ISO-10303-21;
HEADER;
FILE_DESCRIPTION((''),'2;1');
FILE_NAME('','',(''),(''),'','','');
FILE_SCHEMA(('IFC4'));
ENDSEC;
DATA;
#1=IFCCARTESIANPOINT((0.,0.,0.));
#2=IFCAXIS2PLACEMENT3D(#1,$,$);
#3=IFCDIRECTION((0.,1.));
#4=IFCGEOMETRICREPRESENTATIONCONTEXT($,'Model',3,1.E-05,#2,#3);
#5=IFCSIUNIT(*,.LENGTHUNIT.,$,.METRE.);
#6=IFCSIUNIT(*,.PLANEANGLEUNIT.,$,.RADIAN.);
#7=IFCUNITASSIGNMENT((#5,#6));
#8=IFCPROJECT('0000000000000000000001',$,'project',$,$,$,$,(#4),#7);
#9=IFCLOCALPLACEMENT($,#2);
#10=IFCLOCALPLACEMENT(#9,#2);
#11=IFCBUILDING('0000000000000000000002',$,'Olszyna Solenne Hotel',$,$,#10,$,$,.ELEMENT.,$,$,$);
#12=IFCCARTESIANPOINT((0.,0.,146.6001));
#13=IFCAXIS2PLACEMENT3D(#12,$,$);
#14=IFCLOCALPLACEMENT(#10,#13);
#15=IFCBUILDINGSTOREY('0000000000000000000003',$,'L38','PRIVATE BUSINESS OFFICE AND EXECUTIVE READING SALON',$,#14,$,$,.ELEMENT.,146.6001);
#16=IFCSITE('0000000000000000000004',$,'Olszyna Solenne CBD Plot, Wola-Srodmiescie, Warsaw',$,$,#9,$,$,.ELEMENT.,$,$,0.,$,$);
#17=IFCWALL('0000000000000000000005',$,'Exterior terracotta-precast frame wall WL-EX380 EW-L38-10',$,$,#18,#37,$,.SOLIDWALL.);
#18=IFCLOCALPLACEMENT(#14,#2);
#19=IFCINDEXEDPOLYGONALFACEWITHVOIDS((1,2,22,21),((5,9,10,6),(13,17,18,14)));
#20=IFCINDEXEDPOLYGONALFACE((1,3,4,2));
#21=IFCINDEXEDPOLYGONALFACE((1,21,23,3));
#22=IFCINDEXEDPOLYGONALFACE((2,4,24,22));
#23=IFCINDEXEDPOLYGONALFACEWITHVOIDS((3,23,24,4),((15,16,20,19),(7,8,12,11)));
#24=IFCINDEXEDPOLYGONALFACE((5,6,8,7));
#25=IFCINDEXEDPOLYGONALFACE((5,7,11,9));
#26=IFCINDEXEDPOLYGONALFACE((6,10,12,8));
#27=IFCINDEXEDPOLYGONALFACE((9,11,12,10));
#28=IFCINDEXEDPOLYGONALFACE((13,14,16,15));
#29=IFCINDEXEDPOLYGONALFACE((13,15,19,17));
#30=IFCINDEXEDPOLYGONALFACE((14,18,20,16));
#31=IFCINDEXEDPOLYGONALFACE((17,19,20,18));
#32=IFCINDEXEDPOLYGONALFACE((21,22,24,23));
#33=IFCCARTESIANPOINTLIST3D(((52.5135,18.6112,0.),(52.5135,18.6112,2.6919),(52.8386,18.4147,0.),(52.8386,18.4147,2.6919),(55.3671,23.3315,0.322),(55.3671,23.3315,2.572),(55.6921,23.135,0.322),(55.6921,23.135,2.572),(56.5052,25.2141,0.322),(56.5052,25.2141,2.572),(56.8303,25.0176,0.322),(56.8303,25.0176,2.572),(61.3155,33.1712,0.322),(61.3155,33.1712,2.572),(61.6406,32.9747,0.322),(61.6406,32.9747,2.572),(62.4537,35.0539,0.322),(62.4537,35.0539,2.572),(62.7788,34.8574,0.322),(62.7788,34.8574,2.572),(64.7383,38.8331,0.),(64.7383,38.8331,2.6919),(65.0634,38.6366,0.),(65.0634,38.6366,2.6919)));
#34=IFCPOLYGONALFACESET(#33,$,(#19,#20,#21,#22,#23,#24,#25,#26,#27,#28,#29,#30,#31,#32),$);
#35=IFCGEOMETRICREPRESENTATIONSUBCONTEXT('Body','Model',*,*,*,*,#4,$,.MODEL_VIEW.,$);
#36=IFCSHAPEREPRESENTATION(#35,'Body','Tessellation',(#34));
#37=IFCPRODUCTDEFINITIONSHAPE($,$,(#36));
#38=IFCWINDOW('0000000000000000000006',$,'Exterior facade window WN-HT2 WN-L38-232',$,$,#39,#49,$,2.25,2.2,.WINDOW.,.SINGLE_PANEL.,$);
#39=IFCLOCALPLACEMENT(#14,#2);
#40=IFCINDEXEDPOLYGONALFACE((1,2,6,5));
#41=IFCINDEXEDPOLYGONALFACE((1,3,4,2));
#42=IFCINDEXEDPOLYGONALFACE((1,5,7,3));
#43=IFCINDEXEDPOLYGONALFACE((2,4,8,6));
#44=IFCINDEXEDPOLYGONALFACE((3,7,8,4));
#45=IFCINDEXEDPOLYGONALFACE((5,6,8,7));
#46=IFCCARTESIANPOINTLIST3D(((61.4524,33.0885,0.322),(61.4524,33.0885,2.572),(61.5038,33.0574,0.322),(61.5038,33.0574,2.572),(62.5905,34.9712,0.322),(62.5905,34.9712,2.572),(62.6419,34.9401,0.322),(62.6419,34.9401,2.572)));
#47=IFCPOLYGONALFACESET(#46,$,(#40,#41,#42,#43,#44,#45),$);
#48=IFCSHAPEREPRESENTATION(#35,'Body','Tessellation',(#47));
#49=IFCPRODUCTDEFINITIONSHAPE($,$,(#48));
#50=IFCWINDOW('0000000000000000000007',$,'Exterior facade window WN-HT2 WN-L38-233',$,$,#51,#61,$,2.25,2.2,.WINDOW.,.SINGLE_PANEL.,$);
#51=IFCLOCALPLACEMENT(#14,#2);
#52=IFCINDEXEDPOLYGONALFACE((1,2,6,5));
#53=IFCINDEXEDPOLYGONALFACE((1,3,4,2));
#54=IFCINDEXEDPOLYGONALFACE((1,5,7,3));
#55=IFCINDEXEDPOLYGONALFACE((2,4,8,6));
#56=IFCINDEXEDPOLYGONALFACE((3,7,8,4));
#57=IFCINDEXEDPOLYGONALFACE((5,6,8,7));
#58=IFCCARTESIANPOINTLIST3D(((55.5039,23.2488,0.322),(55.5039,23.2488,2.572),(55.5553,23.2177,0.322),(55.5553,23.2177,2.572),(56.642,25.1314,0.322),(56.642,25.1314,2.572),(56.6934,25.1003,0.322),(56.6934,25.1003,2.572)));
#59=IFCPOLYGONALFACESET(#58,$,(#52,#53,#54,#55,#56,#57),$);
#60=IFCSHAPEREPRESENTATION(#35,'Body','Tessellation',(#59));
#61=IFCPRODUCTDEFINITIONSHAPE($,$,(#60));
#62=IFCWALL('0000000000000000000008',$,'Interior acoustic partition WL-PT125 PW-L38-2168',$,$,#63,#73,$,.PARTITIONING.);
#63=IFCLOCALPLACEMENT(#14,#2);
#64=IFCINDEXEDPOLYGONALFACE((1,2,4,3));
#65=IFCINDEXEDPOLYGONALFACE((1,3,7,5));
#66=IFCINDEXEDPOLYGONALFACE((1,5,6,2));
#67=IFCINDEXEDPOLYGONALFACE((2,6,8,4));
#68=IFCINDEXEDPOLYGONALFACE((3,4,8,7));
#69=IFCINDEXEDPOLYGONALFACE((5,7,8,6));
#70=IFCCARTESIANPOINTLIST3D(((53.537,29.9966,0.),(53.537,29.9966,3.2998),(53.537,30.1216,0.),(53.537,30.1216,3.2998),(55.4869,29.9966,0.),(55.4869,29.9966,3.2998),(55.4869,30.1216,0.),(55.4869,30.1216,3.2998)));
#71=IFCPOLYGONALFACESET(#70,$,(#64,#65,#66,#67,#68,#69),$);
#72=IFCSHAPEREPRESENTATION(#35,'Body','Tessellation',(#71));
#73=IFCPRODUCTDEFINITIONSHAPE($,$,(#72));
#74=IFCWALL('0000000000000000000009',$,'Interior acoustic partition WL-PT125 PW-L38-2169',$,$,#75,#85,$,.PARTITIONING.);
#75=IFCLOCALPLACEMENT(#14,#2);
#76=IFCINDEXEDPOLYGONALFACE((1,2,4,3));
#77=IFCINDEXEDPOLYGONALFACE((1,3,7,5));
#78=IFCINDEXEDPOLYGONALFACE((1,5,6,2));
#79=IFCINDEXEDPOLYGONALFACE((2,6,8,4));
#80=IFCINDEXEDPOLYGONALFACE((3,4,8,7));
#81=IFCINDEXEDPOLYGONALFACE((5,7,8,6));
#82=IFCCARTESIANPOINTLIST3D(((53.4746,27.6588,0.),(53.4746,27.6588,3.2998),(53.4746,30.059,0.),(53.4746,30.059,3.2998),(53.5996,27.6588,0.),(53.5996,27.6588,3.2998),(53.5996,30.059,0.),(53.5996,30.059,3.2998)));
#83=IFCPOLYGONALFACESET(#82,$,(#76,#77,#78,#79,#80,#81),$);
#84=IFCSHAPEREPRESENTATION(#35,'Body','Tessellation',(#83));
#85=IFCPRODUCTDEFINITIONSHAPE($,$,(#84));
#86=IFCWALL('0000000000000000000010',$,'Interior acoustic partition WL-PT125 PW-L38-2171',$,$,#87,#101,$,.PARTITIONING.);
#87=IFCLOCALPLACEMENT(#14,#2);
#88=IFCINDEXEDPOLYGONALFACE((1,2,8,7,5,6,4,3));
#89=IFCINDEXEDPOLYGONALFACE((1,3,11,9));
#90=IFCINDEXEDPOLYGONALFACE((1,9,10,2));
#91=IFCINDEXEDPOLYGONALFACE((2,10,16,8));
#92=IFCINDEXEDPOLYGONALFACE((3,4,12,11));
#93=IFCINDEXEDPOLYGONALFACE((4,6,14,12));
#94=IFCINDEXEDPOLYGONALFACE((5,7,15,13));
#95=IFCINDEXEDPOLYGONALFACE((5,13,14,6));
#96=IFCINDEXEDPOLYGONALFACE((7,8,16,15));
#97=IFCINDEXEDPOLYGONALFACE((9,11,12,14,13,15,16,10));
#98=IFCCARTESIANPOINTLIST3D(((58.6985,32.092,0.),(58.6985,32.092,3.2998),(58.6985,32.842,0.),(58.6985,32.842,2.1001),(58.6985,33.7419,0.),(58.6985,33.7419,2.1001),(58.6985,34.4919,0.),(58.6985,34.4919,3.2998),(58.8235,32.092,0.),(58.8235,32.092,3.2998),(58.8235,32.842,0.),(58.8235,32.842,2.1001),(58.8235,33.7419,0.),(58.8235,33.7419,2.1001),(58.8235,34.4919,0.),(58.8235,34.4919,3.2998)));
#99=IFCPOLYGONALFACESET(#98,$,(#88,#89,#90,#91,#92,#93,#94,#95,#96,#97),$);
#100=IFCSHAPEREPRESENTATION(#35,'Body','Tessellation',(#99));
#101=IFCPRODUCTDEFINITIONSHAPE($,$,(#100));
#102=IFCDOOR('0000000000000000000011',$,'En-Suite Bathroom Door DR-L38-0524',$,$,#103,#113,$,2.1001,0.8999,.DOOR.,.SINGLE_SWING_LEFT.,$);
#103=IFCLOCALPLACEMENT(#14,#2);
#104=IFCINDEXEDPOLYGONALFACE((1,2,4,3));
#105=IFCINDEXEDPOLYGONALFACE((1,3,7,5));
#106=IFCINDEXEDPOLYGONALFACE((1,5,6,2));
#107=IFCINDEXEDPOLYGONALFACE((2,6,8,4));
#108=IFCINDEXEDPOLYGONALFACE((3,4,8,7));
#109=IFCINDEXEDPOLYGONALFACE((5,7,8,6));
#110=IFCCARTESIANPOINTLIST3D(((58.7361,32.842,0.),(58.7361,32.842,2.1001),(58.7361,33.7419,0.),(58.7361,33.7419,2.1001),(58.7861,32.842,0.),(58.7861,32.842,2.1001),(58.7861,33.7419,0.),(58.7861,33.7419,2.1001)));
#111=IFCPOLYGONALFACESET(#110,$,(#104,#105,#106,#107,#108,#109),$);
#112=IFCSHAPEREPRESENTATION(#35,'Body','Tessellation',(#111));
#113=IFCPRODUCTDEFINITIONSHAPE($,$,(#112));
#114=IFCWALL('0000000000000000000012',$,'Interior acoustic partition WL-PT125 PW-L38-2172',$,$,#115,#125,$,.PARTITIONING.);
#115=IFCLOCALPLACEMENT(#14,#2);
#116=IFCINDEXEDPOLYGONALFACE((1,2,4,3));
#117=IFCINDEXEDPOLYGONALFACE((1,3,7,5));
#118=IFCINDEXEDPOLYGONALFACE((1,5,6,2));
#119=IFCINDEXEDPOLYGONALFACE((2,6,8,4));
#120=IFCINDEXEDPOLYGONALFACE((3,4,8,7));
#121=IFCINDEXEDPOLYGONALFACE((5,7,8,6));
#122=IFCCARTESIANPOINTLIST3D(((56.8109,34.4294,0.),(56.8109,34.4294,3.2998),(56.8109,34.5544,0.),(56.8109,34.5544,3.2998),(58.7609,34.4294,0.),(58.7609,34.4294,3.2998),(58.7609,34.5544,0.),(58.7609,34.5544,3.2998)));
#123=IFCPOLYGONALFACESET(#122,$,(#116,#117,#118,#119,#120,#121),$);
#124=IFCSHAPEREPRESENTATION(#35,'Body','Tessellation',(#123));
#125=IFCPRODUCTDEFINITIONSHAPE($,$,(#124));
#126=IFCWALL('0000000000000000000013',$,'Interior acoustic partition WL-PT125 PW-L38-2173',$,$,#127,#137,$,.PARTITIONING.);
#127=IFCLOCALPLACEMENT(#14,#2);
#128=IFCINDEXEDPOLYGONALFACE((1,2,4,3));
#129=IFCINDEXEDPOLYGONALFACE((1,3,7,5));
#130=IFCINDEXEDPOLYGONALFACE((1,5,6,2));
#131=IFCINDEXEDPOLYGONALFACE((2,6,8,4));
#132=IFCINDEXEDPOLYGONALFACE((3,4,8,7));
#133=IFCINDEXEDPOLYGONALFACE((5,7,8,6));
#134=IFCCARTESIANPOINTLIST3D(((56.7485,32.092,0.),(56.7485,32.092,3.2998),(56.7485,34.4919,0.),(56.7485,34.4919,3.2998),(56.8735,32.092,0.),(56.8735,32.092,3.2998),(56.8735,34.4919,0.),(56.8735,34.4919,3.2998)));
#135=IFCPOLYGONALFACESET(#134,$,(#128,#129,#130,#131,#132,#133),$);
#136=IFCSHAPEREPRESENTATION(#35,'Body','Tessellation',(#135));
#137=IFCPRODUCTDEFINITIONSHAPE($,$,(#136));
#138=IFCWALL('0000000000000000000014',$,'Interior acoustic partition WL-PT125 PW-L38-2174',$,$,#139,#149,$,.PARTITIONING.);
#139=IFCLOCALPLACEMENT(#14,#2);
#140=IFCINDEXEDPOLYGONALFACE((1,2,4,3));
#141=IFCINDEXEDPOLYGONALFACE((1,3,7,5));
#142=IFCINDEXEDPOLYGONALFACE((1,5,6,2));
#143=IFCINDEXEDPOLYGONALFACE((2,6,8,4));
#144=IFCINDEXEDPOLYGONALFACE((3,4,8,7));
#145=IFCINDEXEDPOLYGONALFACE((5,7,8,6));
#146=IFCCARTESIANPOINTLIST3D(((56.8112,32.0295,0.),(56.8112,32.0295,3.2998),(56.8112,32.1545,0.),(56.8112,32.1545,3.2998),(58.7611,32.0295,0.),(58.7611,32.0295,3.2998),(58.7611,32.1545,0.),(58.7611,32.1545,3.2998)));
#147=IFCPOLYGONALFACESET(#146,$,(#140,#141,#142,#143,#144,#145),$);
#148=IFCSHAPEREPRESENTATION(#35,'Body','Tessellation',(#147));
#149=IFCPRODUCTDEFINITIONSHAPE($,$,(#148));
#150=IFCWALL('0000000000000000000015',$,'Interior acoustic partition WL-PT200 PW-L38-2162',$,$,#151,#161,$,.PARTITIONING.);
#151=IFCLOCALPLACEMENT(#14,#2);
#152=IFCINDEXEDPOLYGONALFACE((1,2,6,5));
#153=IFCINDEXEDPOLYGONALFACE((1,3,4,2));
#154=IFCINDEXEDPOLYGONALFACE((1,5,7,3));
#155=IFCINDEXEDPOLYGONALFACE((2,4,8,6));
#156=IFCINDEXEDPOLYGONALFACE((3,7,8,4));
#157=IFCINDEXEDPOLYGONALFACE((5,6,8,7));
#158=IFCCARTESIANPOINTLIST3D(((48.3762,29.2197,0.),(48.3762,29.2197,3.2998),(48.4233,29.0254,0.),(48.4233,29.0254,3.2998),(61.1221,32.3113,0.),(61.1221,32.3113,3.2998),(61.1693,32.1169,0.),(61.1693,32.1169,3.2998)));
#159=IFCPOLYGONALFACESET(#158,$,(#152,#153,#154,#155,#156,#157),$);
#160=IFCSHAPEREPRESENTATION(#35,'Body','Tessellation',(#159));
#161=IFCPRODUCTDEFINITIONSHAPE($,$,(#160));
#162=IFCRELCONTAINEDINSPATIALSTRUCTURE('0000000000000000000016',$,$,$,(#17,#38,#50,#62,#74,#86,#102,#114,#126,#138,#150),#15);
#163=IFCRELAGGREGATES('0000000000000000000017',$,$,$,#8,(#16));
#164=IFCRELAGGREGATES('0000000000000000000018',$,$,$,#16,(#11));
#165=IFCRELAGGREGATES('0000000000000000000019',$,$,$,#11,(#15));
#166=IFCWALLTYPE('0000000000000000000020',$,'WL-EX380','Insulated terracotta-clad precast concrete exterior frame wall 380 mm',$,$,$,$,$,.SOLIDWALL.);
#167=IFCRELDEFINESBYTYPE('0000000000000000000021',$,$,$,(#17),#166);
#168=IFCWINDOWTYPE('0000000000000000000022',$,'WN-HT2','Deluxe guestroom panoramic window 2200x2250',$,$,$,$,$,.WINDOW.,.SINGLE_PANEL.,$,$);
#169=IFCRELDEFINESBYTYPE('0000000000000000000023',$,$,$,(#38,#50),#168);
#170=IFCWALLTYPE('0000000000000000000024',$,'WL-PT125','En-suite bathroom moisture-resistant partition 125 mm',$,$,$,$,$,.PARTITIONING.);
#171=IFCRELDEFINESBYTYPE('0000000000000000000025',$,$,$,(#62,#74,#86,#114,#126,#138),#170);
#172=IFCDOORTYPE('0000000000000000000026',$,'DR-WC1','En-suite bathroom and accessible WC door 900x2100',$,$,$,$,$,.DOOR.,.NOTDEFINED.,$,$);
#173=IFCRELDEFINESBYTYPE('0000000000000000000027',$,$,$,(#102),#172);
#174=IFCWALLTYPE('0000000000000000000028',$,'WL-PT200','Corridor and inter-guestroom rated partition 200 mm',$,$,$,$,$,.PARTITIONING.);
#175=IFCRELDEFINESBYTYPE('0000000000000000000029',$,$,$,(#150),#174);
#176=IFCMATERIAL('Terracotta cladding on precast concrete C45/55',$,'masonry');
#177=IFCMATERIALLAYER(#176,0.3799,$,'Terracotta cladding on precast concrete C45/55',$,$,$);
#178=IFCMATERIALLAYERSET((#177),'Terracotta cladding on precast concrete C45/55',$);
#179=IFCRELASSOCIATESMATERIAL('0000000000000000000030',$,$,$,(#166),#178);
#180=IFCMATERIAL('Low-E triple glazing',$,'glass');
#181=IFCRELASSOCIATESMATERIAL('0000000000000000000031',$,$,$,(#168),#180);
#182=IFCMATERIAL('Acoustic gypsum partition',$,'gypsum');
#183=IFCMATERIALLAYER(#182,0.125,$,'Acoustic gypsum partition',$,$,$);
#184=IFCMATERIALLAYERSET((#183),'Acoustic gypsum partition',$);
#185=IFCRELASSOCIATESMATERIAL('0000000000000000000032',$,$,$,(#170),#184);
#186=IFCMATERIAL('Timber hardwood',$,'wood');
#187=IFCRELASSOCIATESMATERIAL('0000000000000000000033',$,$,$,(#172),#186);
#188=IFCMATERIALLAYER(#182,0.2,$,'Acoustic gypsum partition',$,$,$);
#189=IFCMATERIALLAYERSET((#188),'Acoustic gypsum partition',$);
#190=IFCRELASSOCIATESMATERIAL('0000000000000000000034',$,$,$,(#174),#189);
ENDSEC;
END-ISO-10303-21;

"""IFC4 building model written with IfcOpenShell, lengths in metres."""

from ifc_helpers import new_model, si_unit, direction, frame, frame_2d, origin, place, context, subcontext, project, spatial, rectangle, extrude, source, transform, mapped, material, layer, layer_set, type_object, type_shapes, element, fill, save


model = new_model("IFC4")

# Units and contexts
model_context = context("Model", 3, precision=1e-05, world=origin(), true_north=direction((0.0, 1.0)))
body_context = subcontext(model_context, "Body", "Model", "MODEL_VIEW")
ifc_project = project(units=[si_unit("LENGTHUNIT", "METRE"), si_unit("PLANEANGLEUNIT", "RADIAN")], contexts=[model_context])

# Site, building, storey
site_placement = place(None, origin())
site = spatial("IfcSite", under=ifc_project, at=site_placement, Name="Olszyna Solenne CBD Plot, Wola-Srodmiescie, Warsaw", CompositionType="ELEMENT", RefElevation=0.0)
building_placement = place(site_placement, origin())
building = spatial("IfcBuilding", under=site, at=building_placement, Name="Olszyna Solenne Hotel", CompositionType="ELEMENT")
storey_placement = place(building_placement, frame((0.0, 0.0, 146.6001)))
storey = spatial("IfcBuildingStorey", under=building, at=storey_placement, Name="L38", Description="PRIVATE BUSINESS OFFICE AND EXECUTIVE READING SALON", CompositionType="ELEMENT", Elevation=146.6001)

# Shared definitions
ifc_material_1 = material(Name="Terracotta cladding on precast concrete C45/55", Category="masonry")
ifc_layer_1 = layer(ifc_material_1, 0.3799, Name="Terracotta cladding on precast concrete C45/55")
ifc_layer_set_1 = layer_set([ifc_layer_1], Name="Terracotta cladding on precast concrete C45/55")
wall_type_1 = type_object("IfcWallType", Name="WL-EX380", Description="Insulated terracotta-clad precast concrete exterior frame wall 380 mm", PredefinedType="SOLIDWALL", material=ifc_layer_set_1)

# Wall, openings, windows
wall_1_placement = place(storey_placement, frame((64.9009, 38.7349, 0.0), z_axis=(0.0, 0.0, 1.0), x_axis=(-0.517346, -0.855776, 0.0)))
wall_1 = element("IfcWall", 1, at=wall_1_placement, inside=storey, type_object=wall_type_1, Name="Exterior terracotta-precast frame wall WL-EX380 EW-L38-10", PredefinedType="SOLIDWALL", context=body_context, shape_type="SweptSolid", body=[
    extrude(rectangle(XDim=23.6299, YDim=0.3799, at=frame_2d((11.8149, 0.0))), origin(), (0.0, 0.0, 1.0), 2.6919),
])
opening_1_placement = place(wall_1_placement, frame((4.416, 0.0, 0.322)))
opening_1 = element("IfcOpeningElement", 2, at=opening_1_placement, cuts=wall_1, PredefinedType="OPENING", context=body_context, shape_type="SweptSolid", body=[
    extrude(rectangle(XDim=2.2, YDim=2.25, at=frame_2d((1.1001, 1.125))), frame((0.0, 0.2, 0.0), z_axis=(0.0, -1.0, 0.0), x_axis=(1.0, 0.0, 0.0)), (0.0, 0.0, 1.0), 0.3999),
])
opening_2_placement = place(wall_1_placement, frame((15.9141, 0.0, 0.322)))
opening_2 = element("IfcOpeningElement", 3, at=opening_2_placement, cuts=wall_1, PredefinedType="OPENING", context=body_context, shape_type="SweptSolid", body=[
    extrude(rectangle(XDim=2.2, YDim=2.25, at=frame_2d((1.1001, 1.125))), frame((0.0, 0.2, 0.0), z_axis=(0.0, -1.0, 0.0), x_axis=(1.0, 0.0, 0.0)), (0.0, 0.0, 1.0), 0.3999),
])
ifc_material_2 = material(Name="Low-E triple glazing", Category="glass")
window_type = type_object("IfcWindowType", Name="WN-HT2", Description="Deluxe guestroom panoramic window 2200x2250", PartitioningType="SINGLE_PANEL", PredefinedType="WINDOW", material=ifc_material_2)
shared_shape_1 = source(origin(), body_context, "Body", "SweptSolid", [
    extrude(rectangle(XDim=2.2, YDim=2.25, at=frame_2d((1.1001, 1.125))), frame((0.0, 0.03, 0.0), z_axis=(0.0, -1.0, 0.0), x_axis=(1.0, 0.0, 0.0)), (0.0, 0.0, 1.0), 0.0601),
])
type_shapes(window_type, [shared_shape_1])
window_1_placement = place(opening_1_placement, origin())
window_1 = element("IfcWindow", 4, at=window_1_placement, inside=storey, type_object=window_type, Name="Exterior facade window WN-HT2 WN-L38-232", OverallHeight=2.25, OverallWidth=2.2, PartitioningType="SINGLE_PANEL", PredefinedType="WINDOW", context=body_context, shape_type="MappedRepresentation", body=[
    mapped(shared_shape_1, transform((0.0, 0.0, 0.0), x_axis=(1.0, 0.0, 0.0), y_axis=(0.0, 1.0, 0.0), z_axis=(0.0, 0.0, 1.0), scale=1.0)),
])
fill(opening_1, window_1)
window_2_placement = place(opening_2_placement, origin())
window_2 = element("IfcWindow", 5, at=window_2_placement, inside=storey, type_object=window_type, Name="Exterior facade window WN-HT2 WN-L38-233", OverallHeight=2.25, OverallWidth=2.2, PartitioningType="SINGLE_PANEL", PredefinedType="WINDOW", context=body_context, shape_type="MappedRepresentation", body=[
    mapped(shared_shape_1, transform((0.0, 0.0, 0.0), x_axis=(1.0, 0.0, 0.0), y_axis=(0.0, 1.0, 0.0), z_axis=(0.0, 0.0, 1.0), scale=1.0)),
])
fill(opening_2, window_2)

# Walls
ifc_material_3 = material(Name="Acoustic gypsum partition", Category="gypsum")
ifc_layer_2 = layer(ifc_material_3, 0.125, Name="Acoustic gypsum partition")
ifc_layer_set_2 = layer_set([ifc_layer_2], Name="Acoustic gypsum partition")
wall_type_2 = type_object("IfcWallType", Name="WL-PT125", Description="En-suite bathroom moisture-resistant partition 125 mm", PredefinedType="PARTITIONING", material=ifc_layer_set_2)
wall_2_placement = place(storey_placement, frame((55.4871, 30.0591, 0.0), z_axis=(0.0, 0.0, 1.0), x_axis=(-1.0, 0.0, 0.0)))
element("IfcWall", 6, at=wall_2_placement, inside=storey, type_object=wall_type_2, Name="Interior acoustic partition WL-PT125 PW-L38-2168", PredefinedType="PARTITIONING", context=body_context, shape_type="SweptSolid", body=[
    extrude(rectangle(XDim=1.95, YDim=0.125, at=frame_2d((0.9751, 0.0))), origin(), (0.0, 0.0, 1.0), 3.2998),
])
wall_3_placement = place(storey_placement, frame((53.5371, 30.0591, 0.0), z_axis=(0.0, 0.0, 1.0), x_axis=(0.0, -1.0, 0.0)))
element("IfcWall", 7, at=wall_3_placement, inside=storey, type_object=wall_type_2, Name="Interior acoustic partition WL-PT125 PW-L38-2169", PredefinedType="PARTITIONING", context=body_context, shape_type="SweptSolid", body=[
    extrude(rectangle(XDim=2.4001, YDim=0.125, at=frame_2d((1.2002, 0.0))), origin(), (0.0, 0.0, 1.0), 3.2998),
])

# Wall, opening, door
wall_4_placement = place(storey_placement, frame((58.761, 32.092, 0.0), z_axis=(0.0, 0.0, 1.0), x_axis=(0.0, 1.0, 0.0)))
wall_4 = element("IfcWall", 8, at=wall_4_placement, inside=storey, type_object=wall_type_2, Name="Interior acoustic partition WL-PT125 PW-L38-2171", PredefinedType="PARTITIONING", context=body_context, shape_type="SweptSolid", body=[
    extrude(rectangle(XDim=2.3999, YDim=0.125, at=frame_2d((1.2, 0.0))), origin(), (0.0, 0.0, 1.0), 3.2998),
])
opening_3_placement = place(wall_4_placement, frame((0.75, 0.0, 0.0)))
opening_3 = element("IfcOpeningElement", 9, at=opening_3_placement, cuts=wall_4, PredefinedType="OPENING", context=body_context, shape_type="SweptSolid", body=[
    extrude(rectangle(XDim=0.8999, YDim=2.1001, at=frame_2d((0.45, 1.05))), frame((0.0, 0.0725, 0.0), z_axis=(0.0, -1.0, 0.0), x_axis=(1.0, 0.0, 0.0)), (0.0, 0.0, 1.0), 0.145),
])
ifc_material_4 = material(Name="Timber hardwood", Category="wood")
door_type = type_object("IfcDoorType", Name="DR-WC1", Description="En-suite bathroom and accessible WC door 900x2100", OperationType="NOTDEFINED", PredefinedType="DOOR", material=ifc_material_4)
shared_shape_2 = source(origin(), body_context, "Body", "SweptSolid", [
    extrude(rectangle(XDim=0.8999, YDim=2.1001, at=frame_2d((0.45, 1.05))), frame((0.0, 0.0249, 0.0), z_axis=(0.0, -1.0, 0.0), x_axis=(1.0, 0.0, 0.0)), (0.0, 0.0, 1.0), 0.05),
])
type_shapes(door_type, [shared_shape_2])
door_placement = place(opening_3_placement, origin())
door = element("IfcDoor", 10, at=door_placement, inside=storey, type_object=door_type, Name="En-Suite Bathroom Door DR-L38-0524", OperationType="SINGLE_SWING_LEFT", OverallHeight=2.1001, OverallWidth=0.8999, PredefinedType="DOOR", context=body_context, shape_type="MappedRepresentation", body=[
    mapped(shared_shape_2, transform((0.0, 0.0, 0.0), x_axis=(1.0, 0.0, 0.0), y_axis=(0.0, 1.0, 0.0), z_axis=(0.0, 0.0, 1.0), scale=1.0)),
])
fill(opening_3, door)

# Walls
wall_5_placement = place(storey_placement, frame((58.761, 34.4919, 0.0), z_axis=(0.0, 0.0, 1.0), x_axis=(-1.0, 0.0, 0.0)))
element("IfcWall", 11, at=wall_5_placement, inside=storey, type_object=wall_type_2, Name="Interior acoustic partition WL-PT125 PW-L38-2172", PredefinedType="PARTITIONING", context=body_context, shape_type="SweptSolid", body=[
    extrude(rectangle(XDim=1.95, YDim=0.125, at=frame_2d((0.9751, 0.0))), origin(), (0.0, 0.0, 1.0), 3.2998),
])
wall_6_placement = place(storey_placement, frame((56.811, 34.4919, 0.0), z_axis=(0.0, 0.0, 1.0), x_axis=(0.0, -1.0, 0.0)))
element("IfcWall", 12, at=wall_6_placement, inside=storey, type_object=wall_type_2, Name="Interior acoustic partition WL-PT125 PW-L38-2173", PredefinedType="PARTITIONING", context=body_context, shape_type="SweptSolid", body=[
    extrude(rectangle(XDim=2.3999, YDim=0.125, at=frame_2d((1.2, 0.0))), origin(), (0.0, 0.0, 1.0), 3.2998),
])
wall_7_placement = place(storey_placement, frame((56.811, 32.092, 0.0), z_axis=(0.0, 0.0, 1.0), x_axis=(1.0, 0.0, 0.0)))
element("IfcWall", 13, at=wall_7_placement, inside=storey, type_object=wall_type_2, Name="Interior acoustic partition WL-PT125 PW-L38-2174", PredefinedType="PARTITIONING", context=body_context, shape_type="SweptSolid", body=[
    extrude(rectangle(XDim=1.95, YDim=0.125, at=frame_2d((0.9751, 0.0))), origin(), (0.0, 0.0, 1.0), 3.2998),
])
ifc_layer_3 = layer(ifc_material_3, 0.2, Name="Acoustic gypsum partition")
ifc_layer_set_3 = layer_set([ifc_layer_3], Name="Acoustic gypsum partition")
wall_type_3 = type_object("IfcWallType", Name="WL-PT200", Description="Corridor and inter-guestroom rated partition 200 mm", PredefinedType="PARTITIONING", material=ifc_layer_set_3)
wall_8_placement = place(storey_placement, frame((48.3999, 29.1226, 0.0), z_axis=(0.0, 0.0, 1.0), x_axis=(0.971821, 0.235719, 0.0)))
element("IfcWall", 14, at=wall_8_placement, inside=storey, type_object=wall_type_3, Name="Interior acoustic partition WL-PT200 PW-L38-2162", PredefinedType="PARTITIONING", context=body_context, shape_type="SweptSolid", body=[
    extrude(rectangle(XDim=13.1155, YDim=0.2, at=frame_2d((6.5576, 0.0))), origin(), (0.0, 0.0, 1.0), 3.2998),
])

save(model, "model.ifc")
